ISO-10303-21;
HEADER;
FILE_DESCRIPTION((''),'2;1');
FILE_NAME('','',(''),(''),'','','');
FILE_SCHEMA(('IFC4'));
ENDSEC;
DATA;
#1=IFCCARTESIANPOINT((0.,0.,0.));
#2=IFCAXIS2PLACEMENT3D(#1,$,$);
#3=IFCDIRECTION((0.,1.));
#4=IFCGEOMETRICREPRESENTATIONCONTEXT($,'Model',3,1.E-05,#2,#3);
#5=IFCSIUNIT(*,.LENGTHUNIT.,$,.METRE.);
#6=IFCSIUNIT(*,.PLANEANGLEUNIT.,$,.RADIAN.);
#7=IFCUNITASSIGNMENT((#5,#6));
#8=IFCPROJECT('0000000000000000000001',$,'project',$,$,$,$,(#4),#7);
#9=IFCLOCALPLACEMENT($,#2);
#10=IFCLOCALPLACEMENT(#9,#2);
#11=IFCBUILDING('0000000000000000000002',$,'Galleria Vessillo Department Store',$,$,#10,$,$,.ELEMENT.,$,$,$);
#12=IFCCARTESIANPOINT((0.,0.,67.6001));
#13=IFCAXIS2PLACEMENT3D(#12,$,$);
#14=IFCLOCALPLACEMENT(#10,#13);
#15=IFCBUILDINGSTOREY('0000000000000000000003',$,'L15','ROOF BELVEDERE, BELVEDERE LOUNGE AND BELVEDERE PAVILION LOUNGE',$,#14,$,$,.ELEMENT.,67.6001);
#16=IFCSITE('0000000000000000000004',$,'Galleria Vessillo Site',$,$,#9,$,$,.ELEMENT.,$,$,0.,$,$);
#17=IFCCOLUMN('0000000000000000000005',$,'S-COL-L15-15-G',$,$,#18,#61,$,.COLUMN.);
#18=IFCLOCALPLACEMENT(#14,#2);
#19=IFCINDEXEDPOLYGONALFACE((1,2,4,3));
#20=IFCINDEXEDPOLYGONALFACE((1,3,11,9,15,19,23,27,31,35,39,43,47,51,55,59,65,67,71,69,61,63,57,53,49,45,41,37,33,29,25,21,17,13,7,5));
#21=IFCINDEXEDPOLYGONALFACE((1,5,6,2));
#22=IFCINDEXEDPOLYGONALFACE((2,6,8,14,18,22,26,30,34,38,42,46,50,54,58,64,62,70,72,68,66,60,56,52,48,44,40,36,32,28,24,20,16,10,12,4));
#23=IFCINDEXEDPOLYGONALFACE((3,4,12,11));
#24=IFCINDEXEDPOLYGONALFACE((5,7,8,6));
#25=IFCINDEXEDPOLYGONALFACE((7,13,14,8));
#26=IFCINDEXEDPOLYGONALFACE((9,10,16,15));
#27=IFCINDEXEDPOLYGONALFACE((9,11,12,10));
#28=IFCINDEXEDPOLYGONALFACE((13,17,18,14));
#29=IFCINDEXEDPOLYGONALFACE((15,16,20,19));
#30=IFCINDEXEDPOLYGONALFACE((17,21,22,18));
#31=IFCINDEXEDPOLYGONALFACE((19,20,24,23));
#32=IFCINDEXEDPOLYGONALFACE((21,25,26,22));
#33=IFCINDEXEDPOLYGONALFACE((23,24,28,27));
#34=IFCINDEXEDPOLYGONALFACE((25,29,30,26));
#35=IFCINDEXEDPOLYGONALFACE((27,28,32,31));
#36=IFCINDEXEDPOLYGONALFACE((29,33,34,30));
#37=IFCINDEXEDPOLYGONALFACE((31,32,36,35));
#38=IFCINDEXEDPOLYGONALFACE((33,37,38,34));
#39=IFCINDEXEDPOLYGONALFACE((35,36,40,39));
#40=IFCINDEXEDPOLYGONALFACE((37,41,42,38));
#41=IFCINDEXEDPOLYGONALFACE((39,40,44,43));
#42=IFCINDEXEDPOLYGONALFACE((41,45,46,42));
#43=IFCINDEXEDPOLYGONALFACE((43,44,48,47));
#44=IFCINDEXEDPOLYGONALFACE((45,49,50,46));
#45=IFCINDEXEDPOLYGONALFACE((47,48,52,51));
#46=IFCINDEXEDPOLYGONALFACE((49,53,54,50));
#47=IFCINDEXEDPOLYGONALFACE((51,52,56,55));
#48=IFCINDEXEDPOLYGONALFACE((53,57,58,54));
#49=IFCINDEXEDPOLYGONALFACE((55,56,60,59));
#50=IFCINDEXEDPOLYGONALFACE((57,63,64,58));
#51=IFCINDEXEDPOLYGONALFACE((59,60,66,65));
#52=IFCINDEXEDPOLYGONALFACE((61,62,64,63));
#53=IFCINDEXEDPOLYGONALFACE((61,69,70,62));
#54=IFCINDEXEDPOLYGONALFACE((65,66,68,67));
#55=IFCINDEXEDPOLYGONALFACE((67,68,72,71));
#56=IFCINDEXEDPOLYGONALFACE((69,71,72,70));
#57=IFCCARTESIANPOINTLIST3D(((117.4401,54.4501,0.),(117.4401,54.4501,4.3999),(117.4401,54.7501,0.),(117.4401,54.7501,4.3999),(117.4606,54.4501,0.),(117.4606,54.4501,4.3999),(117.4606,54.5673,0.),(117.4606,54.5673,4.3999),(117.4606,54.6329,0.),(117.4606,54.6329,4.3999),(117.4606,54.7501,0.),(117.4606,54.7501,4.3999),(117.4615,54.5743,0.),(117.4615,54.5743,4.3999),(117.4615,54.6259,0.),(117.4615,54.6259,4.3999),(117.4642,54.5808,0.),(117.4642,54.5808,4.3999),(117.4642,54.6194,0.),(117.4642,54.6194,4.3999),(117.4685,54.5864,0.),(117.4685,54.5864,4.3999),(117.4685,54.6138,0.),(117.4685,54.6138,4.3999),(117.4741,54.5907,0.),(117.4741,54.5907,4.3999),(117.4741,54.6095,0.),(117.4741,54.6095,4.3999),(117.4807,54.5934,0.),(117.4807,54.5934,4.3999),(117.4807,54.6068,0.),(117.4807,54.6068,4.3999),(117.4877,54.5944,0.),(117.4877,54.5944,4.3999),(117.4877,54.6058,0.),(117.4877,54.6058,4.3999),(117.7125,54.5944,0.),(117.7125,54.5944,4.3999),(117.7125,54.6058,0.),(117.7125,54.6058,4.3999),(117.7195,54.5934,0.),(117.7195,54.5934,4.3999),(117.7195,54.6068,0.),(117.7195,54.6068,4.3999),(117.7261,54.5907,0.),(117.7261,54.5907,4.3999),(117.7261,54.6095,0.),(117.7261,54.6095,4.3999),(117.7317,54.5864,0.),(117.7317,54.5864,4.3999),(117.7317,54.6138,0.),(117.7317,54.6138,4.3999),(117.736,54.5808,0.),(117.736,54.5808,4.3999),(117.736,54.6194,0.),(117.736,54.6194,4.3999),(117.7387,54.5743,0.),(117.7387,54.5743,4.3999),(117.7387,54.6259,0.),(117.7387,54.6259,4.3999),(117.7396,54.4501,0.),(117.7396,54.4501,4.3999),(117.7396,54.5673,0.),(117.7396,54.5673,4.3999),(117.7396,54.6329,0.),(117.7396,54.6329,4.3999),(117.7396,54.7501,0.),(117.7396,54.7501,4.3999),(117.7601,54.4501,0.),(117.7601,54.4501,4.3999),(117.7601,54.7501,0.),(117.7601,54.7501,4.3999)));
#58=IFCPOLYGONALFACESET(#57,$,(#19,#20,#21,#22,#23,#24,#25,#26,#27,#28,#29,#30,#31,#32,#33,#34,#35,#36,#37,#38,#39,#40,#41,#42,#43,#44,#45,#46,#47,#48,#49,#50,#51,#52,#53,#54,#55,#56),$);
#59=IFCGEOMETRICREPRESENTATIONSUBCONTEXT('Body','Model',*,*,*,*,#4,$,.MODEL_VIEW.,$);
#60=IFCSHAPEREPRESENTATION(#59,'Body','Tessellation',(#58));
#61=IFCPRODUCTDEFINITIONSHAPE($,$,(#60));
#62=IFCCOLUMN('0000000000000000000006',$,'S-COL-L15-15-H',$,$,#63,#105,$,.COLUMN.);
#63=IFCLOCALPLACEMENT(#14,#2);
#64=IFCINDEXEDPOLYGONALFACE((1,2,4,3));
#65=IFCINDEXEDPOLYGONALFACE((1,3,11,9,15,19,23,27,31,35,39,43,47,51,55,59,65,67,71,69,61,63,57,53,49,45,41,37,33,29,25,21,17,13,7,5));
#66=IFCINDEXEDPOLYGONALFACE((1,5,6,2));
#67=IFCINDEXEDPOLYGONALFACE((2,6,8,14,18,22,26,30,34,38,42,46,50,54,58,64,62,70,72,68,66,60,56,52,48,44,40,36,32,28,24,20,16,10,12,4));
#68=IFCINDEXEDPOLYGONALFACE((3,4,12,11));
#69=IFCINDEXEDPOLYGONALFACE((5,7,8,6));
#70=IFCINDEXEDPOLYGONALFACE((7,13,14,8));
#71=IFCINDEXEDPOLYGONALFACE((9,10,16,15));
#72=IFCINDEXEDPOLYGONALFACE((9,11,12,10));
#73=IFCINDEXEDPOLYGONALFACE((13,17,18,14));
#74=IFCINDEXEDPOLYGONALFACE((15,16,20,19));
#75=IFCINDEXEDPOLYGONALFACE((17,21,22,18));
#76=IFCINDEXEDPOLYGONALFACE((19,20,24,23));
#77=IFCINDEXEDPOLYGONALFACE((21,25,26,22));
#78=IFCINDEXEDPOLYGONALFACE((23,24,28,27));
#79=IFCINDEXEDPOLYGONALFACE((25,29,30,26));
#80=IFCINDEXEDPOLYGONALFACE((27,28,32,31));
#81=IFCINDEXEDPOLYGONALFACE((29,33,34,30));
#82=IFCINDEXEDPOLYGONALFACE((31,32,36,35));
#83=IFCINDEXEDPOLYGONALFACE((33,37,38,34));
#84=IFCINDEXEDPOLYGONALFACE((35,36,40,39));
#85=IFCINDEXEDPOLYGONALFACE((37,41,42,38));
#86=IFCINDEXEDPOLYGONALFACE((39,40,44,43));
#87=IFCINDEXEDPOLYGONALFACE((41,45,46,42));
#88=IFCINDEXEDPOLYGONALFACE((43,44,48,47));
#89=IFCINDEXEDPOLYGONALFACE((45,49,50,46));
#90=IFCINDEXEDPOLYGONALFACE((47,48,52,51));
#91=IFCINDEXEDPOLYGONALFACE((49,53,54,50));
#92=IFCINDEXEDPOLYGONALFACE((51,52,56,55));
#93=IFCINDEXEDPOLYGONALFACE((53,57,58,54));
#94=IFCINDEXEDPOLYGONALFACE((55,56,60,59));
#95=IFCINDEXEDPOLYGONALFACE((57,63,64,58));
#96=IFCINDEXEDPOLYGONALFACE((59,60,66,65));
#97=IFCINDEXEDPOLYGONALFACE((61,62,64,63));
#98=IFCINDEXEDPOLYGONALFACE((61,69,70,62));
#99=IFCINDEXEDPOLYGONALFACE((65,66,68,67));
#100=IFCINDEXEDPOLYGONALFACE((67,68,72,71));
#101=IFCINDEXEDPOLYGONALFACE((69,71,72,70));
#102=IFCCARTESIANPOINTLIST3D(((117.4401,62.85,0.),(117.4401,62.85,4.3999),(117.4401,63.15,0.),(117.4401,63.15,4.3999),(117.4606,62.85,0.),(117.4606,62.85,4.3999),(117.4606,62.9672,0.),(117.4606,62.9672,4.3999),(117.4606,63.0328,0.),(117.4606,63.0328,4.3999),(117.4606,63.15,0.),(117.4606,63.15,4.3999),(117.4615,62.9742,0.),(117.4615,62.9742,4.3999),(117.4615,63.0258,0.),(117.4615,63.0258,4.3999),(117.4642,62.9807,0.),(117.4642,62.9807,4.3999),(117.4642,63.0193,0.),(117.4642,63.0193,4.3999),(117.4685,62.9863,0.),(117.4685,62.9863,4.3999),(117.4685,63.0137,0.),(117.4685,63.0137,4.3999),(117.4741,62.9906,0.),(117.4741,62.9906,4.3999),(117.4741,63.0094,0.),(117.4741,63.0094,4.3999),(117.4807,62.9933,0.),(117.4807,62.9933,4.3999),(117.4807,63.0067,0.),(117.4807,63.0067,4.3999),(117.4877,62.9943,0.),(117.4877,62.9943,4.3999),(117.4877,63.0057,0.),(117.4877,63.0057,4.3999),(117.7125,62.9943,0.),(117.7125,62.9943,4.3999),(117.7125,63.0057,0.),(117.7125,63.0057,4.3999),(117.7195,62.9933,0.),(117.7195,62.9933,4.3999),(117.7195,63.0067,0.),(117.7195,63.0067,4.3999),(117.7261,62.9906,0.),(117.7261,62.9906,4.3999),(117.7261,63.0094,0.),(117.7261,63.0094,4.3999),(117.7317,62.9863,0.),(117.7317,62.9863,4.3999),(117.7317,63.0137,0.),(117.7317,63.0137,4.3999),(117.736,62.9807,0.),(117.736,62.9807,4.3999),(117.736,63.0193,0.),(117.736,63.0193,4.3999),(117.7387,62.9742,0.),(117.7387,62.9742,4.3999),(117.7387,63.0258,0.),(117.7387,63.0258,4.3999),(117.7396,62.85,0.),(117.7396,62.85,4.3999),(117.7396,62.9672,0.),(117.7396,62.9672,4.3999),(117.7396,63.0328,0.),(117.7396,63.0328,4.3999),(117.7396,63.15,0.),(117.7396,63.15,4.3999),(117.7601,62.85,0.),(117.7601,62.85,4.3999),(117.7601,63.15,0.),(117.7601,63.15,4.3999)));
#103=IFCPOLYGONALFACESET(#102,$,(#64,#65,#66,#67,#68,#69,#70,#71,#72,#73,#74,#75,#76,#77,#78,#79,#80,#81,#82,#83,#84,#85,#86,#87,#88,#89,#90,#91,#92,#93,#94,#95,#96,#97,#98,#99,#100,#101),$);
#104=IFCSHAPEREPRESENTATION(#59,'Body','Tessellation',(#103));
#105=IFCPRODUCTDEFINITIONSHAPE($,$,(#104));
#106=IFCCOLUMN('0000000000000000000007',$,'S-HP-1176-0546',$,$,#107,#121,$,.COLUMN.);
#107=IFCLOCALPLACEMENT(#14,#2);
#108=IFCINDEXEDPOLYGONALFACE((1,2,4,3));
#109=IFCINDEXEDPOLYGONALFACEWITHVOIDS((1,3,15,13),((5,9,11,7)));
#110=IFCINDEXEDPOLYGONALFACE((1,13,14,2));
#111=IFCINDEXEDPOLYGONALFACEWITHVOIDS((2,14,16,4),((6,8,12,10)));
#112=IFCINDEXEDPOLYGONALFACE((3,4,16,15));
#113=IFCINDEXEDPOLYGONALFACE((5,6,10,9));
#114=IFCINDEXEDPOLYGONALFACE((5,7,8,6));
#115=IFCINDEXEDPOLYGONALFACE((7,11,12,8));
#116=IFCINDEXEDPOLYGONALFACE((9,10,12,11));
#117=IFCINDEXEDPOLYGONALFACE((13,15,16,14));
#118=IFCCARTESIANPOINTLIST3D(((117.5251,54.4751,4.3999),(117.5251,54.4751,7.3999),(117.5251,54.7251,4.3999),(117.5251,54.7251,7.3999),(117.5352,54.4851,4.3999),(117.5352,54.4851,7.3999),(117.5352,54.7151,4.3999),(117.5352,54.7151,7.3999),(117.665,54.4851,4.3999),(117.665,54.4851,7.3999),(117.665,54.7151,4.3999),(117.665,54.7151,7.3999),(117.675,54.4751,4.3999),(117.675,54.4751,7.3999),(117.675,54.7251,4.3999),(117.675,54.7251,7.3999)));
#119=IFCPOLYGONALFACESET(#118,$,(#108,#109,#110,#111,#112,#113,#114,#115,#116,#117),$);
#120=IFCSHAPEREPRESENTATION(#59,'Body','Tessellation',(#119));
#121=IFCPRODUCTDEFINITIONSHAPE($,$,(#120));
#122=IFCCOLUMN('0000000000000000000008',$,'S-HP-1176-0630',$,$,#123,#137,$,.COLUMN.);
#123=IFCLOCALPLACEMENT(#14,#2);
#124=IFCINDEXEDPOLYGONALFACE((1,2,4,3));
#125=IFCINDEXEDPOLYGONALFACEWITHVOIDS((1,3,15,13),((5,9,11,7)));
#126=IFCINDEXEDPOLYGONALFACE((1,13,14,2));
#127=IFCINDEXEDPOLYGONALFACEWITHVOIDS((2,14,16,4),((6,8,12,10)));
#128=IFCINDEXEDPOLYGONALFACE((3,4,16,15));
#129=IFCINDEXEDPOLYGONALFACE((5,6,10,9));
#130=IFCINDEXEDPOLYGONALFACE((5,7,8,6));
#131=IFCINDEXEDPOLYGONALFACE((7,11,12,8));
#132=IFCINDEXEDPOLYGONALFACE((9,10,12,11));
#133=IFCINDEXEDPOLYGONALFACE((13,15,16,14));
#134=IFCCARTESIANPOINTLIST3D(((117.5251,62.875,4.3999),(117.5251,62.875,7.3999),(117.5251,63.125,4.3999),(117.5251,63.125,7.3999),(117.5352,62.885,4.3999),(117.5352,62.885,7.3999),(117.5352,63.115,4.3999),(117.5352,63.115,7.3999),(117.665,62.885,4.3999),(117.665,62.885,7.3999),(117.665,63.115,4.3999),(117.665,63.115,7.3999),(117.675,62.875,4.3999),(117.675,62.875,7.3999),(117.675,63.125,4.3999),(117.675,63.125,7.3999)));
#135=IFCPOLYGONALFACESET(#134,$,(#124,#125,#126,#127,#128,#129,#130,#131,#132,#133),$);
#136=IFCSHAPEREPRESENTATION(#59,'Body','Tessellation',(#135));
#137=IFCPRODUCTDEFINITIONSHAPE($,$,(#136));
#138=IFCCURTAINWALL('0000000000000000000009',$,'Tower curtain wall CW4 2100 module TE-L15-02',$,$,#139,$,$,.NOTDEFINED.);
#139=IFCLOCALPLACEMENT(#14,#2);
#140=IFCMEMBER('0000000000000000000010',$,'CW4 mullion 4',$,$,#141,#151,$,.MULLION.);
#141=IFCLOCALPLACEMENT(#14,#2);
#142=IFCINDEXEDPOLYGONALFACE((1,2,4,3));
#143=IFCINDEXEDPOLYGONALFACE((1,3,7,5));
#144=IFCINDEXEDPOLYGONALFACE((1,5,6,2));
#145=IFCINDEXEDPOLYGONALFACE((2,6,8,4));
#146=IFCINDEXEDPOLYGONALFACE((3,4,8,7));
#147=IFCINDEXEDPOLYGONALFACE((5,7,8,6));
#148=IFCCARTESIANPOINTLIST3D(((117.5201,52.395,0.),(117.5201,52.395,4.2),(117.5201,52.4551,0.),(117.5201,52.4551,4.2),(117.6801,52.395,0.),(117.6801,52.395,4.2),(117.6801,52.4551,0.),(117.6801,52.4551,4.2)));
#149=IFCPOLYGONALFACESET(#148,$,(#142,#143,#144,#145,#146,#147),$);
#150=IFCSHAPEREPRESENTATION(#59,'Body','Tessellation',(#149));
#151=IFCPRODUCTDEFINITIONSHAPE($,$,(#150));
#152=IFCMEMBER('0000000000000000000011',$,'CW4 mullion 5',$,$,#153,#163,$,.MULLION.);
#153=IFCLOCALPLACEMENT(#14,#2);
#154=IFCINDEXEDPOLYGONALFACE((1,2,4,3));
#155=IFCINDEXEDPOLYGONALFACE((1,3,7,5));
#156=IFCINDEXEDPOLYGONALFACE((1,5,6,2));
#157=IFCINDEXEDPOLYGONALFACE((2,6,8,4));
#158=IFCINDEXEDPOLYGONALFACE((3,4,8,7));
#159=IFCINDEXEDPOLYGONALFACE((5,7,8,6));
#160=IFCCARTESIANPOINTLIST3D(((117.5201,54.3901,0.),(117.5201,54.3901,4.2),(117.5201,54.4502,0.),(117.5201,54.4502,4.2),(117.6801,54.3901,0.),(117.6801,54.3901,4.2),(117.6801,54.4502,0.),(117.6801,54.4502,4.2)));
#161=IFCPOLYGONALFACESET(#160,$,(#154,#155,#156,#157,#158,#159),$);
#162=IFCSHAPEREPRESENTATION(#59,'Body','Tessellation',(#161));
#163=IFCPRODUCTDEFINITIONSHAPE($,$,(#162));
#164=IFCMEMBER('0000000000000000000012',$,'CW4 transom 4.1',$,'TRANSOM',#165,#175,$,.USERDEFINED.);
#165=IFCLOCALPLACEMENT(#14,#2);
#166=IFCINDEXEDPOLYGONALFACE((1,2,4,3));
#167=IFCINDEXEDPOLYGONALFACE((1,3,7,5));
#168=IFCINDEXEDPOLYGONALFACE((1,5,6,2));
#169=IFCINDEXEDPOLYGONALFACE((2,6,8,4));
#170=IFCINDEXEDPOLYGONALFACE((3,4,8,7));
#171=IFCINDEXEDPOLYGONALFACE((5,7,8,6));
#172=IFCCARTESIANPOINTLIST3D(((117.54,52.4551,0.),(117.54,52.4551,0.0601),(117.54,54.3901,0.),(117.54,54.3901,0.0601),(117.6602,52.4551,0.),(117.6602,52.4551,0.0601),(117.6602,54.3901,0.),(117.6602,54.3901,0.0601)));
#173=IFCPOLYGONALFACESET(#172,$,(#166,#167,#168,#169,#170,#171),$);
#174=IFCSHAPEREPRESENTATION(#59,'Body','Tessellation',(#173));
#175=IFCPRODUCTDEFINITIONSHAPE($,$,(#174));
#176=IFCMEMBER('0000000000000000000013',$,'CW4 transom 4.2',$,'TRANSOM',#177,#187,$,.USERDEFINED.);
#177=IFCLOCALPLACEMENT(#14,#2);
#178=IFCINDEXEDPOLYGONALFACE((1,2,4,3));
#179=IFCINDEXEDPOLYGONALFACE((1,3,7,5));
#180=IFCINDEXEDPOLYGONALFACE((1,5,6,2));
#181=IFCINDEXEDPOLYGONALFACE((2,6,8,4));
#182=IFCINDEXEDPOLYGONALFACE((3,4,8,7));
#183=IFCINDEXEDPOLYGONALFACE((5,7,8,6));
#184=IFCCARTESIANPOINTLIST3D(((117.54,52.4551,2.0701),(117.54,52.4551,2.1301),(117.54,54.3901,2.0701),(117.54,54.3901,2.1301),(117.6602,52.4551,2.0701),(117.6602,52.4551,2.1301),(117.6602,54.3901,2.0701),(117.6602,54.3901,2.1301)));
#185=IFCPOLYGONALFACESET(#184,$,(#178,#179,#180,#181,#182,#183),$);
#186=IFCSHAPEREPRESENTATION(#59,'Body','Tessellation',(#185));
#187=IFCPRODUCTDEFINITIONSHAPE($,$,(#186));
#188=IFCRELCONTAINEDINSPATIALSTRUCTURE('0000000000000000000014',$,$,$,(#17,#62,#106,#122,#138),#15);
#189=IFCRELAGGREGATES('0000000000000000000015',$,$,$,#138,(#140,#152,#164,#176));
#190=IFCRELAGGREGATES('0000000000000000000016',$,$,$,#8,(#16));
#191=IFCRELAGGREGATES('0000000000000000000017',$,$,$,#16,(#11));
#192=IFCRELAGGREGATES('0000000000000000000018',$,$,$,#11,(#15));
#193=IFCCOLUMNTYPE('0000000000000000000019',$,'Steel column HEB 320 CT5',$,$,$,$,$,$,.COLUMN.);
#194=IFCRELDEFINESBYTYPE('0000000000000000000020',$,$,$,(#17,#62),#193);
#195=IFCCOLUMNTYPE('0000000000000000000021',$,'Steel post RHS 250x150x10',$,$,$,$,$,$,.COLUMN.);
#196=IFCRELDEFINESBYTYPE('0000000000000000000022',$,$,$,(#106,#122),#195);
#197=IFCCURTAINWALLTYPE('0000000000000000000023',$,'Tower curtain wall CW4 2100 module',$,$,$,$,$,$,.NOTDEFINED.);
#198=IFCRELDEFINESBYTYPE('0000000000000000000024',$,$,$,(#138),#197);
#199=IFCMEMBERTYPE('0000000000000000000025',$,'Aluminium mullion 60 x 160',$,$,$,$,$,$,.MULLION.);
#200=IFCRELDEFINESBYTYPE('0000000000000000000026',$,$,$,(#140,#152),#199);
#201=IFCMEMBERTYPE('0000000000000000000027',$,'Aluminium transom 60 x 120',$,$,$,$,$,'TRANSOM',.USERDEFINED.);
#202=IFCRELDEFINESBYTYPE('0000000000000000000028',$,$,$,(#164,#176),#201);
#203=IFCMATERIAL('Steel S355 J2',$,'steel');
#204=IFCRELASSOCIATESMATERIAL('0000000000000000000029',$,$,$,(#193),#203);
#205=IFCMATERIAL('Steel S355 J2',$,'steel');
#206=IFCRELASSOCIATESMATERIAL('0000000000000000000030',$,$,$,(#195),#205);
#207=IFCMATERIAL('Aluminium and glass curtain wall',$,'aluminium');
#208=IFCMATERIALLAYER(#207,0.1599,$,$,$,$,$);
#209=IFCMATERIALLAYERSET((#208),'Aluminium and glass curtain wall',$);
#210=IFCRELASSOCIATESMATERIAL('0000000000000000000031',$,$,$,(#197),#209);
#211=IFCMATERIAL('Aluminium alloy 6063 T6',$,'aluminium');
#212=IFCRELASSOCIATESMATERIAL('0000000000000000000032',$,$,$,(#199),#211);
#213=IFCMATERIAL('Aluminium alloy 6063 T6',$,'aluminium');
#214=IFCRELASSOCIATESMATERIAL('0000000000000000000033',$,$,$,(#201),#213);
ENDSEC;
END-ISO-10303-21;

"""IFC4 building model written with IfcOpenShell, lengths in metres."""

from ifc_helpers import new_model, si_unit, direction, frame, origin, origin_2d, place, context, subcontext, project, spatial, rectangle, hollow_rectangle, i_section, extrude, material, layer, layer_set, material_profile, profile_set, type_object, element, aggregate, save


model = new_model("IFC4")

# Units and contexts
model_context = context("Model", 3, precision=1e-05, world=origin(), true_north=direction((0.0, 1.0)))
body_context = subcontext(model_context, "Body", "Model", "MODEL_VIEW")
ifc_project = project(units=[si_unit("LENGTHUNIT", "METRE"), si_unit("PLANEANGLEUNIT", "RADIAN")], contexts=[model_context])

# Site, building, storey
site_placement = place(None, origin())
site = spatial("IfcSite", under=ifc_project, at=site_placement, Name="Galleria Vessillo Site", CompositionType="ELEMENT", RefElevation=0.0)
building_placement = place(site_placement, origin())
building = spatial("IfcBuilding", under=site, at=building_placement, Name="Galleria Vessillo Department Store", CompositionType="ELEMENT")
storey_placement = place(building_placement, frame((0.0, 0.0, 67.6001)))
storey = spatial("IfcBuildingStorey", under=building, at=storey_placement, Name="L15", Description="ROOF BELVEDERE, BELVEDERE LOUNGE AND BELVEDERE PAVILION LOUNGE", CompositionType="ELEMENT", Elevation=67.6001)

# Columns
ifc_material_1 = material(Name="Steel S355 J2", Category="steel")
ifc_material_profile_1 = material_profile(ifc_material_1, i_section(OverallWidth=0.3, OverallDepth=0.3201, WebThickness=0.0115, FlangeThickness=0.0205, FilletRadius=0.0271, at=origin_2d()), Name="HEB 320")
ifc_profile_set_1 = profile_set([ifc_material_profile_1], Name="Steel S355 J2")
column_type_1 = type_object("IfcColumnType", Name="Steel column HEB 320 CT5", PredefinedType="COLUMN", material=ifc_profile_set_1)
for number, where, z_axis, x_axis, name in (
    (1, (117.6001, 54.6001, 0.0), (0.0, 0.0, 1.0), (0.0, 1.0, 0.0), "S-COL-L15-15-G"),
    (2, (117.6001, 63.0, 0.0), (0.0, 0.0, 1.0), (0.0, 1.0, 0.0), "S-COL-L15-15-H"),
):
    element("IfcColumn", number, at=place(storey_placement, frame(where, z_axis=z_axis, x_axis=x_axis)), inside=storey, type_object=column_type_1, Name=name, PredefinedType="COLUMN", context=body_context, shape_type="SweptSolid", body=[
        extrude(i_section(OverallWidth=0.3, OverallDepth=0.3201, WebThickness=0.0115, FlangeThickness=0.0205, FilletRadius=0.0271, at=origin_2d()), origin(), (0.0, 0.0, 1.0), 4.3999),
    ])
ifc_material_2 = material(Name="Steel S355 J2", Category="steel")
ifc_material_profile_2 = material_profile(ifc_material_2, hollow_rectangle(XDim=0.1499, YDim=0.25, WallThickness=0.01, at=origin_2d()), Name="RHS 250x150x10")
ifc_profile_set_2 = profile_set([ifc_material_profile_2], Name="Steel S355 J2")
column_type_2 = type_object("IfcColumnType", Name="Steel post RHS 250x150x10", PredefinedType="COLUMN", material=ifc_profile_set_2)
for number, where, z_axis, x_axis, name in (
    (3, (117.6001, 54.6001, 4.3999), (0.0, 0.0, 1.0), (1.0, 0.0, 0.0), "S-HP-1176-0546"),
    (4, (117.6001, 63.0, 4.3999), (0.0, 0.0, 1.0), (1.0, 0.0, 0.0), "S-HP-1176-0630"),
):
    element("IfcColumn", number, at=place(storey_placement, frame(where, z_axis=z_axis, x_axis=x_axis)), inside=storey, type_object=column_type_2, Name=name, PredefinedType="COLUMN", context=body_context, shape_type="SweptSolid", body=[
        extrude(hollow_rectangle(XDim=0.1499, YDim=0.25, WallThickness=0.01, at=origin_2d()), origin(), (0.0, 0.0, 1.0), 3.0),
    ])

# Curtain wall, members
ifc_material_3 = material(Name="Aluminium and glass curtain wall", Category="aluminium")
ifc_layer_1 = layer(ifc_material_3, 0.1599)
ifc_layer_set_1 = layer_set([ifc_layer_1], Name="Aluminium and glass curtain wall")
curtain_wall_type = type_object("IfcCurtainWallType", Name="Tower curtain wall CW4 2100 module", PredefinedType="NOTDEFINED", material=ifc_layer_set_1)
curtain_wall_placement = place(storey_placement, origin())
curtain_wall = element("IfcCurtainWall", 5, at=curtain_wall_placement, inside=storey, type_object=curtain_wall_type, Name="Tower curtain wall CW4 2100 module TE-L15-02", PredefinedType="NOTDEFINED")
ifc_material_4 = material(Name="Aluminium alloy 6063 T6", Category="aluminium")
ifc_material_profile_3 = material_profile(ifc_material_4, rectangle(XDim=0.1599, YDim=0.0601, at=origin_2d()), Name="AL 60x160")
ifc_profile_set_3 = profile_set([ifc_material_profile_3], Name="Aluminium alloy 6063 T6")
member_type_1 = type_object("IfcMemberType", Name="Aluminium mullion 60 x 160", PredefinedType="MULLION", material=ifc_profile_set_3)
member_1_placement = place(storey_placement, frame((117.6001, 52.425, 0.0), z_axis=(0.0, 0.0, 1.0), x_axis=(-1.0, 0.0, 0.0)))
member_1 = element("IfcMember", 6, at=member_1_placement, type_object=member_type_1, Name="CW4 mullion 4", PredefinedType="MULLION", context=body_context, shape_type="SweptSolid", body=[
    extrude(rectangle(XDim=0.1599, YDim=0.0601, at=origin_2d()), origin(), (0.0, 0.0, 1.0), 4.2),
])
member_2_placement = place(storey_placement, frame((117.6001, 54.4202, 0.0), z_axis=(0.0, 0.0, 1.0), x_axis=(-1.0, 0.0, 0.0)))
member_2 = element("IfcMember", 7, at=member_2_placement, type_object=member_type_1, Name="CW4 mullion 5", PredefinedType="MULLION", context=body_context, shape_type="SweptSolid", body=[
    extrude(rectangle(XDim=0.1599, YDim=0.0601, at=origin_2d()), origin(), (0.0, 0.0, 1.0), 4.2),
])
ifc_material_5 = material(Name="Aluminium alloy 6063 T6", Category="aluminium")
ifc_material_profile_4 = material_profile(ifc_material_5, rectangle(XDim=0.1201, YDim=0.0601, at=origin_2d()), Name="AL 60x120")
ifc_profile_set_4 = profile_set([ifc_material_profile_4], Name="Aluminium alloy 6063 T6")
member_type_2 = type_object("IfcMemberType", Name="Aluminium transom 60 x 120", ElementType="TRANSOM", PredefinedType="USERDEFINED", material=ifc_profile_set_4)
member_3_placement = place(storey_placement, frame((117.6001, 52.4551, 0.03), z_axis=(0.0, 1.0, 0.0), x_axis=(-1.0, 0.0, 0.0)))
member_3 = element("IfcMember", 8, at=member_3_placement, type_object=member_type_2, Name="CW4 transom 4.1", ObjectType="TRANSOM", PredefinedType="USERDEFINED", context=body_context, shape_type="SweptSolid", body=[
    extrude(rectangle(XDim=0.1201, YDim=0.0601, at=origin_2d()), origin(), (0.0, 0.0, 1.0), 1.9351),
])
member_4_placement = place(storey_placement, frame((117.6001, 52.4551, 2.1001), z_axis=(0.0, 1.0, 0.0), x_axis=(-1.0, 0.0, 0.0)))
member_4 = element("IfcMember", 9, at=member_4_placement, type_object=member_type_2, Name="CW4 transom 4.2", ObjectType="TRANSOM", PredefinedType="USERDEFINED", context=body_context, shape_type="SweptSolid", body=[
    extrude(rectangle(XDim=0.1201, YDim=0.0601, at=origin_2d()), origin(), (0.0, 0.0, 1.0), 1.9351),
])

aggregate(curtain_wall, [member_1, member_2, member_3, member_4])

save(model, "model.ifc")
